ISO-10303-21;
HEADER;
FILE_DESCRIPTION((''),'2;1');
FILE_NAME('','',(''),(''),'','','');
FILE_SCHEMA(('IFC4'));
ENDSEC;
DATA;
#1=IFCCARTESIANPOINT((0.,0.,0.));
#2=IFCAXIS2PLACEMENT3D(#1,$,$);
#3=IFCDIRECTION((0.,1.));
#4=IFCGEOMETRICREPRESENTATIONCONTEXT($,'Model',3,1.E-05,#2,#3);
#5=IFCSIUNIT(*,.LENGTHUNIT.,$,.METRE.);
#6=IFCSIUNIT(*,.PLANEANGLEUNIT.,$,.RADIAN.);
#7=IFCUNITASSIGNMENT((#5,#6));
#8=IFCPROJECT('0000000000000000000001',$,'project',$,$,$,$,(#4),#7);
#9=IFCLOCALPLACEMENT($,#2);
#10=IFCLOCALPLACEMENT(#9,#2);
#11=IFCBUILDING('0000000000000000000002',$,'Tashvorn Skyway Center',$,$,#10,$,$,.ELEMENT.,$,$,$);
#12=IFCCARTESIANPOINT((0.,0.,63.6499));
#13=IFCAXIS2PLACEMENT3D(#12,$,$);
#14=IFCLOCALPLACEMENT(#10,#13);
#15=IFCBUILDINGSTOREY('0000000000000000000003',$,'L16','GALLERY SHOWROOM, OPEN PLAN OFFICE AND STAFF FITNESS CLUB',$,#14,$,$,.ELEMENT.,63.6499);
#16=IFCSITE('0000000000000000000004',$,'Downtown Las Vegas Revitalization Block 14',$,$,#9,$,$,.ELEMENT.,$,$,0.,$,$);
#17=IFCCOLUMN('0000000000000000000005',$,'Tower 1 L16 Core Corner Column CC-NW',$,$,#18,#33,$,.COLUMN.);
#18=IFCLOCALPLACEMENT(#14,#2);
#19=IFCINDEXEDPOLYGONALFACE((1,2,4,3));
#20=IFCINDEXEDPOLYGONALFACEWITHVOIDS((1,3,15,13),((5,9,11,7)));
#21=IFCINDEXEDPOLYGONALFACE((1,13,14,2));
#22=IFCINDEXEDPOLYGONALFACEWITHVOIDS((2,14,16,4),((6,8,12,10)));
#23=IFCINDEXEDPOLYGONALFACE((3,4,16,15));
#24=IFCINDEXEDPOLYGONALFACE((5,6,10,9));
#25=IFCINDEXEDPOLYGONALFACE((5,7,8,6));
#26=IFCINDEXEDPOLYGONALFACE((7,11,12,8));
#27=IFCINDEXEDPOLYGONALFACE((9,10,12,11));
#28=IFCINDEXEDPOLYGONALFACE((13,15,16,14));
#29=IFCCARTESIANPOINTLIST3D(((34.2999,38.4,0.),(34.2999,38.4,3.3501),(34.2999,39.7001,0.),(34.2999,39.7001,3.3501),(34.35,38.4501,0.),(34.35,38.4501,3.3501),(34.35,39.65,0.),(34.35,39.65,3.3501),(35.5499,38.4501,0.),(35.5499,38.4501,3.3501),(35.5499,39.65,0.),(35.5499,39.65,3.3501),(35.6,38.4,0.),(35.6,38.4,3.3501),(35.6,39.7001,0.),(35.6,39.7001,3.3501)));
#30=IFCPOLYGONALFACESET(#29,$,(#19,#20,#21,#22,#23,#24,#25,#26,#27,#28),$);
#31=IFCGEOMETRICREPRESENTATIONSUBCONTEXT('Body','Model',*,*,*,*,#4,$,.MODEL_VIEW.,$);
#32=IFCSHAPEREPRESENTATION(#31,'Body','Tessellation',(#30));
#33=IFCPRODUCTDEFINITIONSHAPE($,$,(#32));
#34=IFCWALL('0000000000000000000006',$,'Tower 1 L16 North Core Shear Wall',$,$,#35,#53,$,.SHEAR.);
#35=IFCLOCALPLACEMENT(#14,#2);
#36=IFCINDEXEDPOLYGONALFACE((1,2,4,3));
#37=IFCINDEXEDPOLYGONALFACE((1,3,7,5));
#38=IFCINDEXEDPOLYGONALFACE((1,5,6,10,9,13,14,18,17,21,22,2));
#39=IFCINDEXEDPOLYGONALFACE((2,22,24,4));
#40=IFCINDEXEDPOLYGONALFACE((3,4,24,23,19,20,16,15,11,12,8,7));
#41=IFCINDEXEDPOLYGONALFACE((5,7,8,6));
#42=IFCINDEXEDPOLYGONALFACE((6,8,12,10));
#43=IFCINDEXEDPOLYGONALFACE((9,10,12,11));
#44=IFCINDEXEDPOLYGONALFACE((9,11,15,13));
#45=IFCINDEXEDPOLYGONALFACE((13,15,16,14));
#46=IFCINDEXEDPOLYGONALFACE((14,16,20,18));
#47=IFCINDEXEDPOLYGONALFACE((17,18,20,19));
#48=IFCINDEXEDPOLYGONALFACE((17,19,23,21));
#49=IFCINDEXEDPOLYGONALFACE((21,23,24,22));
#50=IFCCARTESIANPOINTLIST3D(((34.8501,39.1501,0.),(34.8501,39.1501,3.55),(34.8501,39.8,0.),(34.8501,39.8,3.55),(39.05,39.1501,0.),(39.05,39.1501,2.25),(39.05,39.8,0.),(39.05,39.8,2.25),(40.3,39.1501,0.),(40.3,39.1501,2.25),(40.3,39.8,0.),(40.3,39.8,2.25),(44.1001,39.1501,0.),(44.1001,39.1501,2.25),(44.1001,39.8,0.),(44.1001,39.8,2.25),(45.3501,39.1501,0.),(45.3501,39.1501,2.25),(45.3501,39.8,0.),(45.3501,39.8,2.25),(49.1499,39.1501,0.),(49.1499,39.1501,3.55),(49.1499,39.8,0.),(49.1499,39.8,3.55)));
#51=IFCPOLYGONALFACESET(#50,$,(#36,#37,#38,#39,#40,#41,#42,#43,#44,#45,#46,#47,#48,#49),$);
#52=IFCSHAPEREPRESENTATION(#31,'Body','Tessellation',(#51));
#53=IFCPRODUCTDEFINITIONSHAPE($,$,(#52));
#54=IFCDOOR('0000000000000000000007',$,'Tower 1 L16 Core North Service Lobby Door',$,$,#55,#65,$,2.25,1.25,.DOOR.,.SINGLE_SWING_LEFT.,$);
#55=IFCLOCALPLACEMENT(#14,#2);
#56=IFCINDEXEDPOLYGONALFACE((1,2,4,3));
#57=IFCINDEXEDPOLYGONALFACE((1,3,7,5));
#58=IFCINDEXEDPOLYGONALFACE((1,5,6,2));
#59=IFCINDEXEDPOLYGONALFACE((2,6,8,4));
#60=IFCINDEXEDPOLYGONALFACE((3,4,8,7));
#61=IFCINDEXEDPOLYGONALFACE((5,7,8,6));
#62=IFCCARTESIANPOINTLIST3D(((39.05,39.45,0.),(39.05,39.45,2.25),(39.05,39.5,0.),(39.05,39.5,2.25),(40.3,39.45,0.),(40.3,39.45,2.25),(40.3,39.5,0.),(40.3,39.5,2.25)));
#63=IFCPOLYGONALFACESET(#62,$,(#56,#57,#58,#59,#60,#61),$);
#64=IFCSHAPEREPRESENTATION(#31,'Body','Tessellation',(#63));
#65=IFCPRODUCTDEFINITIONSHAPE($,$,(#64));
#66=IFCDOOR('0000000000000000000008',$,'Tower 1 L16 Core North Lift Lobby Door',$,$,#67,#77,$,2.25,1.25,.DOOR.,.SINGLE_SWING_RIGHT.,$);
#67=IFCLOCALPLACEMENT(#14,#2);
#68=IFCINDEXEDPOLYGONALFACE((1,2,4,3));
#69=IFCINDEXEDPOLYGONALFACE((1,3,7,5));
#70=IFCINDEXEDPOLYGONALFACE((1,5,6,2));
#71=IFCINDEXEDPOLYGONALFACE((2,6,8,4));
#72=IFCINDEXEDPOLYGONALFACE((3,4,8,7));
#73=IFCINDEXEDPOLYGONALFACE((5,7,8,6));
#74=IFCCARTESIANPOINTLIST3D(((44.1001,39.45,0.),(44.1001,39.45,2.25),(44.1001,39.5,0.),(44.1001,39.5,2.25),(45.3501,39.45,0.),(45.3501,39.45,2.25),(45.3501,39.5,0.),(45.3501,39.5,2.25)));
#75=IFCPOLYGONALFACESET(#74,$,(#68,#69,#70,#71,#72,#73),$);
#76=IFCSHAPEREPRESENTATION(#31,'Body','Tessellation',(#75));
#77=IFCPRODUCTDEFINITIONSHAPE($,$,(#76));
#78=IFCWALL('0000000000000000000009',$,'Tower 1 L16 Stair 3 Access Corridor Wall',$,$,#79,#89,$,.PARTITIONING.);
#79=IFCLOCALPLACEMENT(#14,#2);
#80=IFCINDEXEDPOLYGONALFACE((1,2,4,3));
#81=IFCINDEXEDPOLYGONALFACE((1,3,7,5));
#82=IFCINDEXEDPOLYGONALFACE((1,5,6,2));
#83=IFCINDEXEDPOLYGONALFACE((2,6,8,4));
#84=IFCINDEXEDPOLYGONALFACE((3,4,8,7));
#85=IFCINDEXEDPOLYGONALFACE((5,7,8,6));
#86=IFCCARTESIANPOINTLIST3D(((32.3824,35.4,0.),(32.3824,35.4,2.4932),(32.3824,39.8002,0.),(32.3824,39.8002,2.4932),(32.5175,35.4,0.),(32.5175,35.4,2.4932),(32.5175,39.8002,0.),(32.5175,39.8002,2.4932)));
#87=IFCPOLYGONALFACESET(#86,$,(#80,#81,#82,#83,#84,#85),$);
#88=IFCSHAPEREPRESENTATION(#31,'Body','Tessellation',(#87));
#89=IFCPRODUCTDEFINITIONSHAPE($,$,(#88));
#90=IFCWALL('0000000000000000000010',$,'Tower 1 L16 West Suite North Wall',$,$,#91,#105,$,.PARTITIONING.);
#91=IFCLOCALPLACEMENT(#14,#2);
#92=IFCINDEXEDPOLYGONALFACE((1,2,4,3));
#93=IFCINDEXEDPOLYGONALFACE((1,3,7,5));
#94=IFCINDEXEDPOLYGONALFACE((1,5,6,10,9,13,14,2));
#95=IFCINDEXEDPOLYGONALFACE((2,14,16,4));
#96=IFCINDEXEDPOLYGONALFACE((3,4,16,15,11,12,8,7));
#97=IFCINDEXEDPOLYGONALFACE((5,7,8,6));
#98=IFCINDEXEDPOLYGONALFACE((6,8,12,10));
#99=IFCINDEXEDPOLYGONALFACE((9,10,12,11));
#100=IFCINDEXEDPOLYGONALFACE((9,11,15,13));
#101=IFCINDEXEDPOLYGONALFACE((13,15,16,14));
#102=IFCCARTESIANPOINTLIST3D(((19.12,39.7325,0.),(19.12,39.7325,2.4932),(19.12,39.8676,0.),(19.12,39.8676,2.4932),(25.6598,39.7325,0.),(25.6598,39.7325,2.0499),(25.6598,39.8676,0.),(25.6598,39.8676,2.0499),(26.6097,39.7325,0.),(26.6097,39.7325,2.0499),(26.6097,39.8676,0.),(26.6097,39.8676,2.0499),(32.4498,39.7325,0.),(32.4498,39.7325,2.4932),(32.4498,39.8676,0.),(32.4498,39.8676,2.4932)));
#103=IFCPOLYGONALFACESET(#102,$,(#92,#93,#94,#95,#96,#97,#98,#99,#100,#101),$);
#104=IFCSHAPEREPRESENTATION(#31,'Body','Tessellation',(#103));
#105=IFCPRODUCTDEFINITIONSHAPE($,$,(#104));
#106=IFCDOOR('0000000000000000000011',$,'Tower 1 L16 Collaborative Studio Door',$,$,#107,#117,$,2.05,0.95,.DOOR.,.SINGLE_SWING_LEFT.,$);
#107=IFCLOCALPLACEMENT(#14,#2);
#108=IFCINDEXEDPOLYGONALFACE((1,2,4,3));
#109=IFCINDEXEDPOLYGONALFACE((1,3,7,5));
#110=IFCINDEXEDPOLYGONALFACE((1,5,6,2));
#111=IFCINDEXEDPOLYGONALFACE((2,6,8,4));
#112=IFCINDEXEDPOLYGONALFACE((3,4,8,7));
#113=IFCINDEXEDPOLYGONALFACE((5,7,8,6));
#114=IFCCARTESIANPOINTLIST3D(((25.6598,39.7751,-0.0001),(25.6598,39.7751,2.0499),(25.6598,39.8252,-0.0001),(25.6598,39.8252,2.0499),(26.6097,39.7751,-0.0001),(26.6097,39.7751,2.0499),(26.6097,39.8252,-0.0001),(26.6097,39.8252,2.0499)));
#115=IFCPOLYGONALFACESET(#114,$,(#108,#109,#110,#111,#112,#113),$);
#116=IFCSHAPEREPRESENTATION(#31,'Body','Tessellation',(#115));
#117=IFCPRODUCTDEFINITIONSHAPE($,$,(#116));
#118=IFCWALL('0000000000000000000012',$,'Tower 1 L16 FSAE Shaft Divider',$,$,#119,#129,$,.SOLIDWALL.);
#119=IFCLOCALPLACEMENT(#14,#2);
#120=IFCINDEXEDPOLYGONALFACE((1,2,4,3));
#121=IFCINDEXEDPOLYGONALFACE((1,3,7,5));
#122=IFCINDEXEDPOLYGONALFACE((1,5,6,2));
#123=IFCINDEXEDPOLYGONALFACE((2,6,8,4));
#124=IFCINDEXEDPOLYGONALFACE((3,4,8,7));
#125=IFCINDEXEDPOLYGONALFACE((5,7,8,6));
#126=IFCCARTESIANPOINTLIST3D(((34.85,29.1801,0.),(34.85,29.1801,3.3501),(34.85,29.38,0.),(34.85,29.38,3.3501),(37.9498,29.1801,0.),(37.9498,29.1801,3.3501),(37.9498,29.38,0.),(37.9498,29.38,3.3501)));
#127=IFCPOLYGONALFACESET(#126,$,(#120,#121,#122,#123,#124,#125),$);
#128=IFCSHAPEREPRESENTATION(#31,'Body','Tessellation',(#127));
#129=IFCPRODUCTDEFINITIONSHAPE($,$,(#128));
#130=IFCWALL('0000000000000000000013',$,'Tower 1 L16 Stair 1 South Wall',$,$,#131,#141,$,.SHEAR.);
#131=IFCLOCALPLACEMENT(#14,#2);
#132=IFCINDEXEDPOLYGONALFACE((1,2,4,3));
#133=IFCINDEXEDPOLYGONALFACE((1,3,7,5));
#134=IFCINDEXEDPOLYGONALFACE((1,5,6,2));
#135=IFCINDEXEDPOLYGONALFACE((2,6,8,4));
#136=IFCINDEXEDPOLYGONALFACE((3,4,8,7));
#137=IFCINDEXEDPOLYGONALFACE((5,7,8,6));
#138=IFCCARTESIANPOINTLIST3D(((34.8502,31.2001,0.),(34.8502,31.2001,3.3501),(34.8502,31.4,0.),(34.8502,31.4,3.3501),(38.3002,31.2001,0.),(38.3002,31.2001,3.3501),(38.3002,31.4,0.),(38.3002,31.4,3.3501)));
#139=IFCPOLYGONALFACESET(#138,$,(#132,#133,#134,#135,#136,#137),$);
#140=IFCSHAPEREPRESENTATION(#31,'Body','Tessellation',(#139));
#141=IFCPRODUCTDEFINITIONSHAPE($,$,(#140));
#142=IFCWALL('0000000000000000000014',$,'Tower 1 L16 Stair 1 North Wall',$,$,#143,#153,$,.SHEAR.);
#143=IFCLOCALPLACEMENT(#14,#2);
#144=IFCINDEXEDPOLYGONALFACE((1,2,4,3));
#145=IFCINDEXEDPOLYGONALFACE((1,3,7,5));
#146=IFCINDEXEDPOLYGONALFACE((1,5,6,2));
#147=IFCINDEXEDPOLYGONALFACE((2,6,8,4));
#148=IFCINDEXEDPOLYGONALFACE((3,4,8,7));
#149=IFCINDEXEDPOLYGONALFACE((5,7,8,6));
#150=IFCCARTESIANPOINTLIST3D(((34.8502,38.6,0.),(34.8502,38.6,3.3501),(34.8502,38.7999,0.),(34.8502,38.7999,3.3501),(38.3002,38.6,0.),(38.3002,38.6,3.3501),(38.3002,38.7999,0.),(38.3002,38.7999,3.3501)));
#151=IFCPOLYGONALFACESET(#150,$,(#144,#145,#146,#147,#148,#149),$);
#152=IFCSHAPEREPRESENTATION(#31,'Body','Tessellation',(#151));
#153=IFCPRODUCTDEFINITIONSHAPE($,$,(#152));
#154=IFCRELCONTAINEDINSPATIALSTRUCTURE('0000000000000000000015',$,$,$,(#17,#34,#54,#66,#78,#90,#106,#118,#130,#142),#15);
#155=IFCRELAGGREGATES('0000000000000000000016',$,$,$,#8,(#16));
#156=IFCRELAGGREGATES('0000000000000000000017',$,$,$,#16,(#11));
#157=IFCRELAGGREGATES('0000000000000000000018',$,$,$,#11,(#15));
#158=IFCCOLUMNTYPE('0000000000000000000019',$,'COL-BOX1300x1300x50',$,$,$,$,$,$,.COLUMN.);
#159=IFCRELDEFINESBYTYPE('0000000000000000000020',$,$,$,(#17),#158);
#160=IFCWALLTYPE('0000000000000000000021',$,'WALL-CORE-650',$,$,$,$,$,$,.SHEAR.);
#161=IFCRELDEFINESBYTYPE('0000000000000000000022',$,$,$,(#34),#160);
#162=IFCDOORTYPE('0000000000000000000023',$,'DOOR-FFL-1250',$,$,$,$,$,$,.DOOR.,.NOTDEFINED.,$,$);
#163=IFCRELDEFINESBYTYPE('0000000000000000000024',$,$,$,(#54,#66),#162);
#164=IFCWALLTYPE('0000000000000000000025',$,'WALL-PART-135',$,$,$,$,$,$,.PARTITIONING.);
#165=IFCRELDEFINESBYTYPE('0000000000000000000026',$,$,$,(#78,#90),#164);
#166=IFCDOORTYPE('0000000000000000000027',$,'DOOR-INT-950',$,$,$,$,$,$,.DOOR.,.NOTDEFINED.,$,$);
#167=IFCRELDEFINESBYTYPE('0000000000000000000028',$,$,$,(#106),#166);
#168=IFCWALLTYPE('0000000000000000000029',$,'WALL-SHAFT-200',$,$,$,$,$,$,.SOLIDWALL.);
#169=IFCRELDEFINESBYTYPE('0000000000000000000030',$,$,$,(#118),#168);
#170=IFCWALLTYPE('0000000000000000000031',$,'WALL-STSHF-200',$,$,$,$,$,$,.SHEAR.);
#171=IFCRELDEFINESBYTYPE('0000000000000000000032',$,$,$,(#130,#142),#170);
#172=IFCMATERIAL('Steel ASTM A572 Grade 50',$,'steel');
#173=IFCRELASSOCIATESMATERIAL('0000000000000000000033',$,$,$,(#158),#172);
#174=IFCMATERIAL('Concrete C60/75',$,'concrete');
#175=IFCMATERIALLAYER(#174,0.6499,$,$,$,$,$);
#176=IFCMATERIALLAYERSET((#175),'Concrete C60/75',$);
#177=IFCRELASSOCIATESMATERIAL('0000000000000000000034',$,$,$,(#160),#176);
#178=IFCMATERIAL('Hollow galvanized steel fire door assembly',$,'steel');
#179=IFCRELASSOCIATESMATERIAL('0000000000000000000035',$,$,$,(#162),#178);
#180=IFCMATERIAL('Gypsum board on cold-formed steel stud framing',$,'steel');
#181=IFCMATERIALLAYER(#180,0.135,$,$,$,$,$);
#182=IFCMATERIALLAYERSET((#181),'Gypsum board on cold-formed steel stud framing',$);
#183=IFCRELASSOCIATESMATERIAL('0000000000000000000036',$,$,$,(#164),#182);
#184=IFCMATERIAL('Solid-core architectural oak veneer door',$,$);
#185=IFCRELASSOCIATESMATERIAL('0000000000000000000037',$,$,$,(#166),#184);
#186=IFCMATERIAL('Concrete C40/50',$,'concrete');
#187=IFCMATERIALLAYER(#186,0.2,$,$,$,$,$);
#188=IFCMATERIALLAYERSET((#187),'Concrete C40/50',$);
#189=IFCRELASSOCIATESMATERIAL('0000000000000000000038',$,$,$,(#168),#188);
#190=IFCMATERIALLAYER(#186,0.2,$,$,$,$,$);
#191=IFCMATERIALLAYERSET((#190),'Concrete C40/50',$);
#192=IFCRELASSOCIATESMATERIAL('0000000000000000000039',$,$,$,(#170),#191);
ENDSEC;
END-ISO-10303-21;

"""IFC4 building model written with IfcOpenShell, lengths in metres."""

from ifc_helpers import new_model, si_unit, direction, frame, frame_2d, origin, origin_2d, place, context, subcontext, project, spatial, rectangle, hollow_rectangle, extrude, material, layer, layer_set, material_profile, profile_set, type_object, element, fill, save


model = new_model("IFC4")

# Units and contexts
model_context = context("Model", 3, precision=1e-05, world=origin(), true_north=direction((0.0, 1.0)))
body_context = subcontext(model_context, "Body", "Model", "MODEL_VIEW")
ifc_project = project(units=[si_unit("LENGTHUNIT", "METRE"), si_unit("PLANEANGLEUNIT", "RADIAN")], contexts=[model_context])

# Site, building, storey
site_placement = place(None, origin())
site = spatial("IfcSite", under=ifc_project, at=site_placement, Name="Downtown Las Vegas Revitalization Block 14", CompositionType="ELEMENT", RefElevation=0.0)
building_placement = place(site_placement, origin())
building = spatial("IfcBuilding", under=site, at=building_placement, Name="Tashvorn Skyway Center", CompositionType="ELEMENT")
storey_placement = place(building_placement, frame((0.0, 0.0, 63.6499)))
storey = spatial("IfcBuildingStorey", under=building, at=storey_placement, Name="L16", Description="GALLERY SHOWROOM, OPEN PLAN OFFICE AND STAFF FITNESS CLUB", CompositionType="ELEMENT", Elevation=63.6499)

# Column
ifc_material_1 = material(Name="Steel ASTM A572 Grade 50", Category="steel")
ifc_material_profile = material_profile(ifc_material_1, hollow_rectangle(XDim=1.3, YDim=1.3, WallThickness=0.05, at=origin_2d()), Name="BOX1300x1300x50")
ifc_profile_set = profile_set([ifc_material_profile], Name="Steel ASTM A572 Grade 50")
column_type = type_object("IfcColumnType", Name="COL-BOX1300x1300x50", PredefinedType="COLUMN", material=ifc_profile_set)
column_placement = place(storey_placement, frame((34.95, 39.05, 0.0), z_axis=(0.0, 0.0, 1.0), x_axis=(1.0, 0.0, 0.0)))
element("IfcColumn", 1, at=column_placement, inside=storey, type_object=column_type, Name="Tower 1 L16 Core Corner Column CC-NW", PredefinedType="COLUMN", context=body_context, shape_type="SweptSolid", body=[
    extrude(hollow_rectangle(XDim=1.3, YDim=1.3, WallThickness=0.05, at=origin_2d()), origin(), (0.0, 0.0, 1.0), 3.3501),
])

# Wall, openings, doors
ifc_material_2 = material(Name="Concrete C60/75", Category="concrete")
ifc_layer_1 = layer(ifc_material_2, 0.6499)
ifc_layer_set_1 = layer_set([ifc_layer_1], Name="Concrete C60/75")
wall_type_1 = type_object("IfcWallType", Name="WALL-CORE-650", PredefinedType="SHEAR", material=ifc_layer_set_1)
wall_1_placement = place(storey_placement, frame((34.8501, 39.4751, 0.0), z_axis=(0.0, 0.0, 1.0), x_axis=(1.0, 0.0, 0.0)))
wall_1 = element("IfcWall", 2, at=wall_1_placement, inside=storey, type_object=wall_type_1, Name="Tower 1 L16 North Core Shear Wall", PredefinedType="SHEAR", context=body_context, shape_type="SweptSolid", body=[
    extrude(rectangle(XDim=14.2998, YDim=0.6499, at=frame_2d((7.1499, 0.0))), origin(), (0.0, 0.0, 1.0), 3.55),
])
opening_1_placement = place(wall_1_placement, frame((4.2, 0.0, 0.0)))
opening_1 = element("IfcOpeningElement", 3, at=opening_1_placement, cuts=wall_1, PredefinedType="OPENING", context=body_context, shape_type="SweptSolid", body=[
    extrude(rectangle(XDim=1.25, YDim=2.25, at=frame_2d((0.625, 1.125))), frame((0.0, 0.335, 0.0), z_axis=(0.0, -1.0, 0.0), x_axis=(1.0, 0.0, 0.0)), (0.0, 0.0, 1.0), 0.6699),
])
opening_2_placement = place(wall_1_placement, frame((9.25, 0.0, 0.0)))
opening_2 = element("IfcOpeningElement", 4, at=opening_2_placement, cuts=wall_1, PredefinedType="OPENING", context=body_context, shape_type="SweptSolid", body=[
    extrude(rectangle(XDim=1.25, YDim=2.25, at=frame_2d((0.625, 1.125))), frame((0.0, 0.335, 0.0), z_axis=(0.0, -1.0, 0.0), x_axis=(1.0, 0.0, 0.0)), (0.0, 0.0, 1.0), 0.6699),
])
ifc_material_3 = material(Name="Hollow galvanized steel fire door assembly", Category="steel")
door_type_1 = type_object("IfcDoorType", Name="DOOR-FFL-1250", OperationType="NOTDEFINED", PredefinedType="DOOR", material=ifc_material_3)
door_1_placement = place(opening_1_placement, origin())
door_1 = element("IfcDoor", 5, at=door_1_placement, inside=storey, type_object=door_type_1, Name="Tower 1 L16 Core North Service Lobby Door", OperationType="SINGLE_SWING_LEFT", OverallHeight=2.25, OverallWidth=1.25, PredefinedType="DOOR", context=body_context, shape_type="SweptSolid", body=[
    extrude(rectangle(XDim=1.25, YDim=2.25, at=frame_2d((0.625, 1.125))), frame((0.0, 0.0249, 0.0), z_axis=(0.0, -1.0, 0.0), x_axis=(1.0, 0.0, 0.0)), (0.0, 0.0, 1.0), 0.05),
])
fill(opening_1, door_1)
door_2_placement = place(opening_2_placement, origin())
door_2 = element("IfcDoor", 6, at=door_2_placement, inside=storey, type_object=door_type_1, Name="Tower 1 L16 Core North Lift Lobby Door", OperationType="SINGLE_SWING_RIGHT", OverallHeight=2.25, OverallWidth=1.25, PredefinedType="DOOR", context=body_context, shape_type="SweptSolid", body=[
    extrude(rectangle(XDim=1.25, YDim=2.25, at=frame_2d((0.625, 1.125))), frame((0.0, 0.0249, 0.0), z_axis=(0.0, -1.0, 0.0), x_axis=(1.0, 0.0, 0.0)), (0.0, 0.0, 1.0), 0.05),
])
fill(opening_2, door_2)

# Wall
ifc_material_4 = material(Name="Gypsum board on cold-formed steel stud framing", Category="steel")
ifc_layer_2 = layer(ifc_material_4, 0.135)
ifc_layer_set_2 = layer_set([ifc_layer_2], Name="Gypsum board on cold-formed steel stud framing")
wall_type_2 = type_object("IfcWallType", Name="WALL-PART-135", PredefinedType="PARTITIONING", material=ifc_layer_set_2)
wall_2_placement = place(storey_placement, frame((32.45, 35.3999, 0.0), z_axis=(0.0, 0.0, 1.0), x_axis=(0.0, 1.0, 0.0)))
element("IfcWall", 7, at=wall_2_placement, inside=storey, type_object=wall_type_2, Name="Tower 1 L16 Stair 3 Access Corridor Wall", PredefinedType="PARTITIONING", context=body_context, shape_type="SweptSolid", body=[
    extrude(rectangle(XDim=4.4001, YDim=0.135, at=frame_2d((2.2002, 0.0))), origin(), (0.0, 0.0, 1.0), 2.4932),
])

# Wall, opening, door
wall_3_placement = place(storey_placement, frame((32.45, 39.8, 0.0), z_axis=(0.0, 0.0, 1.0), x_axis=(-1.0, 0.0, 0.0)))
wall_3 = element("IfcWall", 8, at=wall_3_placement, inside=storey, type_object=wall_type_2, Name="Tower 1 L16 West Suite North Wall", PredefinedType="PARTITIONING", context=body_context, shape_type="SweptSolid", body=[
    extrude(rectangle(XDim=13.3298, YDim=0.135, at=frame_2d((6.665, 0.0))), origin(), (0.0, 0.0, 1.0), 2.4932),
])
opening_3_placement = place(wall_3_placement, frame((5.8401, 0.0, 0.0)))
opening_3 = element("IfcOpeningElement", 9, at=opening_3_placement, cuts=wall_3, PredefinedType="OPENING", context=body_context, shape_type="SweptSolid", body=[
    extrude(rectangle(XDim=0.95, YDim=2.05, at=frame_2d((0.4751, 1.0249))), frame((0.0, 0.0774, 0.0), z_axis=(0.0, -1.0, 0.0), x_axis=(1.0, 0.0, 0.0)), (0.0, 0.0, 1.0), 0.155),
])
ifc_material_5 = material(Name="Solid-core architectural oak veneer door")
door_type_2 = type_object("IfcDoorType", Name="DOOR-INT-950", OperationType="NOTDEFINED", PredefinedType="DOOR", material=ifc_material_5)
door_3_placement = place(opening_3_placement, origin())
door_3 = element("IfcDoor", 10, at=door_3_placement, inside=storey, type_object=door_type_2, Name="Tower 1 L16 Collaborative Studio Door", OperationType="SINGLE_SWING_LEFT", OverallHeight=2.05, OverallWidth=0.95, PredefinedType="DOOR", context=body_context, shape_type="SweptSolid", body=[
    extrude(rectangle(XDim=0.95, YDim=2.05, at=frame_2d((0.4751, 1.0249))), frame((0.0, 0.0249, 0.0), z_axis=(0.0, -1.0, 0.0), x_axis=(1.0, 0.0, 0.0)), (0.0, 0.0, 1.0), 0.05),
])
fill(opening_3, door_3)

# Walls
ifc_material_6 = material(Name="Concrete C40/50", Category="concrete")
ifc_layer_3 = layer(ifc_material_6, 0.2)
ifc_layer_set_3 = layer_set([ifc_layer_3], Name="Concrete C40/50")
wall_type_3 = type_object("IfcWallType", Name="WALL-SHAFT-200", PredefinedType="SOLIDWALL", material=ifc_layer_set_3)
wall_4_placement = place(storey_placement, frame((34.8501, 29.28, 0.0), z_axis=(0.0, 0.0, 1.0), x_axis=(1.0, 0.0, 0.0)))
element("IfcWall", 11, at=wall_4_placement, inside=storey, type_object=wall_type_3, Name="Tower 1 L16 FSAE Shaft Divider", PredefinedType="SOLIDWALL", context=body_context, shape_type="SweptSolid", body=[
    extrude(rectangle(XDim=3.0999, YDim=0.2, at=frame_2d((1.5498, 0.0))), origin(), (0.0, 0.0, 1.0), 3.3501),
])
ifc_layer_4 = layer(ifc_material_6, 0.2)
ifc_layer_set_4 = layer_set([ifc_layer_4], Name="Concrete C40/50")
wall_type_4 = type_object("IfcWallType", Name="WALL-STSHF-200", PredefinedType="SHEAR", material=ifc_layer_set_4)
for number, where, z_axis, x_axis, name in (
    (12, (34.8501, 31.3, 0.0), (0.0, 0.0, 1.0), (1.0, 0.0, 0.0), "Tower 1 L16 Stair 1 South Wall"),
    (13, (34.8501, 38.7, 0.0), (0.0, 0.0, 1.0), (1.0, 0.0, 0.0), "Tower 1 L16 Stair 1 North Wall"),
):
    element("IfcWall", number, at=place(storey_placement, frame(where, z_axis=z_axis, x_axis=x_axis)), inside=storey, type_object=wall_type_4, Name=name, PredefinedType="SHEAR", context=body_context, shape_type="SweptSolid", body=[
        extrude(rectangle(XDim=3.45, YDim=0.2, at=frame_2d((1.7251, 0.0))), origin(), (0.0, 0.0, 1.0), 3.3501),
    ])

save(model, "model.ifc")
